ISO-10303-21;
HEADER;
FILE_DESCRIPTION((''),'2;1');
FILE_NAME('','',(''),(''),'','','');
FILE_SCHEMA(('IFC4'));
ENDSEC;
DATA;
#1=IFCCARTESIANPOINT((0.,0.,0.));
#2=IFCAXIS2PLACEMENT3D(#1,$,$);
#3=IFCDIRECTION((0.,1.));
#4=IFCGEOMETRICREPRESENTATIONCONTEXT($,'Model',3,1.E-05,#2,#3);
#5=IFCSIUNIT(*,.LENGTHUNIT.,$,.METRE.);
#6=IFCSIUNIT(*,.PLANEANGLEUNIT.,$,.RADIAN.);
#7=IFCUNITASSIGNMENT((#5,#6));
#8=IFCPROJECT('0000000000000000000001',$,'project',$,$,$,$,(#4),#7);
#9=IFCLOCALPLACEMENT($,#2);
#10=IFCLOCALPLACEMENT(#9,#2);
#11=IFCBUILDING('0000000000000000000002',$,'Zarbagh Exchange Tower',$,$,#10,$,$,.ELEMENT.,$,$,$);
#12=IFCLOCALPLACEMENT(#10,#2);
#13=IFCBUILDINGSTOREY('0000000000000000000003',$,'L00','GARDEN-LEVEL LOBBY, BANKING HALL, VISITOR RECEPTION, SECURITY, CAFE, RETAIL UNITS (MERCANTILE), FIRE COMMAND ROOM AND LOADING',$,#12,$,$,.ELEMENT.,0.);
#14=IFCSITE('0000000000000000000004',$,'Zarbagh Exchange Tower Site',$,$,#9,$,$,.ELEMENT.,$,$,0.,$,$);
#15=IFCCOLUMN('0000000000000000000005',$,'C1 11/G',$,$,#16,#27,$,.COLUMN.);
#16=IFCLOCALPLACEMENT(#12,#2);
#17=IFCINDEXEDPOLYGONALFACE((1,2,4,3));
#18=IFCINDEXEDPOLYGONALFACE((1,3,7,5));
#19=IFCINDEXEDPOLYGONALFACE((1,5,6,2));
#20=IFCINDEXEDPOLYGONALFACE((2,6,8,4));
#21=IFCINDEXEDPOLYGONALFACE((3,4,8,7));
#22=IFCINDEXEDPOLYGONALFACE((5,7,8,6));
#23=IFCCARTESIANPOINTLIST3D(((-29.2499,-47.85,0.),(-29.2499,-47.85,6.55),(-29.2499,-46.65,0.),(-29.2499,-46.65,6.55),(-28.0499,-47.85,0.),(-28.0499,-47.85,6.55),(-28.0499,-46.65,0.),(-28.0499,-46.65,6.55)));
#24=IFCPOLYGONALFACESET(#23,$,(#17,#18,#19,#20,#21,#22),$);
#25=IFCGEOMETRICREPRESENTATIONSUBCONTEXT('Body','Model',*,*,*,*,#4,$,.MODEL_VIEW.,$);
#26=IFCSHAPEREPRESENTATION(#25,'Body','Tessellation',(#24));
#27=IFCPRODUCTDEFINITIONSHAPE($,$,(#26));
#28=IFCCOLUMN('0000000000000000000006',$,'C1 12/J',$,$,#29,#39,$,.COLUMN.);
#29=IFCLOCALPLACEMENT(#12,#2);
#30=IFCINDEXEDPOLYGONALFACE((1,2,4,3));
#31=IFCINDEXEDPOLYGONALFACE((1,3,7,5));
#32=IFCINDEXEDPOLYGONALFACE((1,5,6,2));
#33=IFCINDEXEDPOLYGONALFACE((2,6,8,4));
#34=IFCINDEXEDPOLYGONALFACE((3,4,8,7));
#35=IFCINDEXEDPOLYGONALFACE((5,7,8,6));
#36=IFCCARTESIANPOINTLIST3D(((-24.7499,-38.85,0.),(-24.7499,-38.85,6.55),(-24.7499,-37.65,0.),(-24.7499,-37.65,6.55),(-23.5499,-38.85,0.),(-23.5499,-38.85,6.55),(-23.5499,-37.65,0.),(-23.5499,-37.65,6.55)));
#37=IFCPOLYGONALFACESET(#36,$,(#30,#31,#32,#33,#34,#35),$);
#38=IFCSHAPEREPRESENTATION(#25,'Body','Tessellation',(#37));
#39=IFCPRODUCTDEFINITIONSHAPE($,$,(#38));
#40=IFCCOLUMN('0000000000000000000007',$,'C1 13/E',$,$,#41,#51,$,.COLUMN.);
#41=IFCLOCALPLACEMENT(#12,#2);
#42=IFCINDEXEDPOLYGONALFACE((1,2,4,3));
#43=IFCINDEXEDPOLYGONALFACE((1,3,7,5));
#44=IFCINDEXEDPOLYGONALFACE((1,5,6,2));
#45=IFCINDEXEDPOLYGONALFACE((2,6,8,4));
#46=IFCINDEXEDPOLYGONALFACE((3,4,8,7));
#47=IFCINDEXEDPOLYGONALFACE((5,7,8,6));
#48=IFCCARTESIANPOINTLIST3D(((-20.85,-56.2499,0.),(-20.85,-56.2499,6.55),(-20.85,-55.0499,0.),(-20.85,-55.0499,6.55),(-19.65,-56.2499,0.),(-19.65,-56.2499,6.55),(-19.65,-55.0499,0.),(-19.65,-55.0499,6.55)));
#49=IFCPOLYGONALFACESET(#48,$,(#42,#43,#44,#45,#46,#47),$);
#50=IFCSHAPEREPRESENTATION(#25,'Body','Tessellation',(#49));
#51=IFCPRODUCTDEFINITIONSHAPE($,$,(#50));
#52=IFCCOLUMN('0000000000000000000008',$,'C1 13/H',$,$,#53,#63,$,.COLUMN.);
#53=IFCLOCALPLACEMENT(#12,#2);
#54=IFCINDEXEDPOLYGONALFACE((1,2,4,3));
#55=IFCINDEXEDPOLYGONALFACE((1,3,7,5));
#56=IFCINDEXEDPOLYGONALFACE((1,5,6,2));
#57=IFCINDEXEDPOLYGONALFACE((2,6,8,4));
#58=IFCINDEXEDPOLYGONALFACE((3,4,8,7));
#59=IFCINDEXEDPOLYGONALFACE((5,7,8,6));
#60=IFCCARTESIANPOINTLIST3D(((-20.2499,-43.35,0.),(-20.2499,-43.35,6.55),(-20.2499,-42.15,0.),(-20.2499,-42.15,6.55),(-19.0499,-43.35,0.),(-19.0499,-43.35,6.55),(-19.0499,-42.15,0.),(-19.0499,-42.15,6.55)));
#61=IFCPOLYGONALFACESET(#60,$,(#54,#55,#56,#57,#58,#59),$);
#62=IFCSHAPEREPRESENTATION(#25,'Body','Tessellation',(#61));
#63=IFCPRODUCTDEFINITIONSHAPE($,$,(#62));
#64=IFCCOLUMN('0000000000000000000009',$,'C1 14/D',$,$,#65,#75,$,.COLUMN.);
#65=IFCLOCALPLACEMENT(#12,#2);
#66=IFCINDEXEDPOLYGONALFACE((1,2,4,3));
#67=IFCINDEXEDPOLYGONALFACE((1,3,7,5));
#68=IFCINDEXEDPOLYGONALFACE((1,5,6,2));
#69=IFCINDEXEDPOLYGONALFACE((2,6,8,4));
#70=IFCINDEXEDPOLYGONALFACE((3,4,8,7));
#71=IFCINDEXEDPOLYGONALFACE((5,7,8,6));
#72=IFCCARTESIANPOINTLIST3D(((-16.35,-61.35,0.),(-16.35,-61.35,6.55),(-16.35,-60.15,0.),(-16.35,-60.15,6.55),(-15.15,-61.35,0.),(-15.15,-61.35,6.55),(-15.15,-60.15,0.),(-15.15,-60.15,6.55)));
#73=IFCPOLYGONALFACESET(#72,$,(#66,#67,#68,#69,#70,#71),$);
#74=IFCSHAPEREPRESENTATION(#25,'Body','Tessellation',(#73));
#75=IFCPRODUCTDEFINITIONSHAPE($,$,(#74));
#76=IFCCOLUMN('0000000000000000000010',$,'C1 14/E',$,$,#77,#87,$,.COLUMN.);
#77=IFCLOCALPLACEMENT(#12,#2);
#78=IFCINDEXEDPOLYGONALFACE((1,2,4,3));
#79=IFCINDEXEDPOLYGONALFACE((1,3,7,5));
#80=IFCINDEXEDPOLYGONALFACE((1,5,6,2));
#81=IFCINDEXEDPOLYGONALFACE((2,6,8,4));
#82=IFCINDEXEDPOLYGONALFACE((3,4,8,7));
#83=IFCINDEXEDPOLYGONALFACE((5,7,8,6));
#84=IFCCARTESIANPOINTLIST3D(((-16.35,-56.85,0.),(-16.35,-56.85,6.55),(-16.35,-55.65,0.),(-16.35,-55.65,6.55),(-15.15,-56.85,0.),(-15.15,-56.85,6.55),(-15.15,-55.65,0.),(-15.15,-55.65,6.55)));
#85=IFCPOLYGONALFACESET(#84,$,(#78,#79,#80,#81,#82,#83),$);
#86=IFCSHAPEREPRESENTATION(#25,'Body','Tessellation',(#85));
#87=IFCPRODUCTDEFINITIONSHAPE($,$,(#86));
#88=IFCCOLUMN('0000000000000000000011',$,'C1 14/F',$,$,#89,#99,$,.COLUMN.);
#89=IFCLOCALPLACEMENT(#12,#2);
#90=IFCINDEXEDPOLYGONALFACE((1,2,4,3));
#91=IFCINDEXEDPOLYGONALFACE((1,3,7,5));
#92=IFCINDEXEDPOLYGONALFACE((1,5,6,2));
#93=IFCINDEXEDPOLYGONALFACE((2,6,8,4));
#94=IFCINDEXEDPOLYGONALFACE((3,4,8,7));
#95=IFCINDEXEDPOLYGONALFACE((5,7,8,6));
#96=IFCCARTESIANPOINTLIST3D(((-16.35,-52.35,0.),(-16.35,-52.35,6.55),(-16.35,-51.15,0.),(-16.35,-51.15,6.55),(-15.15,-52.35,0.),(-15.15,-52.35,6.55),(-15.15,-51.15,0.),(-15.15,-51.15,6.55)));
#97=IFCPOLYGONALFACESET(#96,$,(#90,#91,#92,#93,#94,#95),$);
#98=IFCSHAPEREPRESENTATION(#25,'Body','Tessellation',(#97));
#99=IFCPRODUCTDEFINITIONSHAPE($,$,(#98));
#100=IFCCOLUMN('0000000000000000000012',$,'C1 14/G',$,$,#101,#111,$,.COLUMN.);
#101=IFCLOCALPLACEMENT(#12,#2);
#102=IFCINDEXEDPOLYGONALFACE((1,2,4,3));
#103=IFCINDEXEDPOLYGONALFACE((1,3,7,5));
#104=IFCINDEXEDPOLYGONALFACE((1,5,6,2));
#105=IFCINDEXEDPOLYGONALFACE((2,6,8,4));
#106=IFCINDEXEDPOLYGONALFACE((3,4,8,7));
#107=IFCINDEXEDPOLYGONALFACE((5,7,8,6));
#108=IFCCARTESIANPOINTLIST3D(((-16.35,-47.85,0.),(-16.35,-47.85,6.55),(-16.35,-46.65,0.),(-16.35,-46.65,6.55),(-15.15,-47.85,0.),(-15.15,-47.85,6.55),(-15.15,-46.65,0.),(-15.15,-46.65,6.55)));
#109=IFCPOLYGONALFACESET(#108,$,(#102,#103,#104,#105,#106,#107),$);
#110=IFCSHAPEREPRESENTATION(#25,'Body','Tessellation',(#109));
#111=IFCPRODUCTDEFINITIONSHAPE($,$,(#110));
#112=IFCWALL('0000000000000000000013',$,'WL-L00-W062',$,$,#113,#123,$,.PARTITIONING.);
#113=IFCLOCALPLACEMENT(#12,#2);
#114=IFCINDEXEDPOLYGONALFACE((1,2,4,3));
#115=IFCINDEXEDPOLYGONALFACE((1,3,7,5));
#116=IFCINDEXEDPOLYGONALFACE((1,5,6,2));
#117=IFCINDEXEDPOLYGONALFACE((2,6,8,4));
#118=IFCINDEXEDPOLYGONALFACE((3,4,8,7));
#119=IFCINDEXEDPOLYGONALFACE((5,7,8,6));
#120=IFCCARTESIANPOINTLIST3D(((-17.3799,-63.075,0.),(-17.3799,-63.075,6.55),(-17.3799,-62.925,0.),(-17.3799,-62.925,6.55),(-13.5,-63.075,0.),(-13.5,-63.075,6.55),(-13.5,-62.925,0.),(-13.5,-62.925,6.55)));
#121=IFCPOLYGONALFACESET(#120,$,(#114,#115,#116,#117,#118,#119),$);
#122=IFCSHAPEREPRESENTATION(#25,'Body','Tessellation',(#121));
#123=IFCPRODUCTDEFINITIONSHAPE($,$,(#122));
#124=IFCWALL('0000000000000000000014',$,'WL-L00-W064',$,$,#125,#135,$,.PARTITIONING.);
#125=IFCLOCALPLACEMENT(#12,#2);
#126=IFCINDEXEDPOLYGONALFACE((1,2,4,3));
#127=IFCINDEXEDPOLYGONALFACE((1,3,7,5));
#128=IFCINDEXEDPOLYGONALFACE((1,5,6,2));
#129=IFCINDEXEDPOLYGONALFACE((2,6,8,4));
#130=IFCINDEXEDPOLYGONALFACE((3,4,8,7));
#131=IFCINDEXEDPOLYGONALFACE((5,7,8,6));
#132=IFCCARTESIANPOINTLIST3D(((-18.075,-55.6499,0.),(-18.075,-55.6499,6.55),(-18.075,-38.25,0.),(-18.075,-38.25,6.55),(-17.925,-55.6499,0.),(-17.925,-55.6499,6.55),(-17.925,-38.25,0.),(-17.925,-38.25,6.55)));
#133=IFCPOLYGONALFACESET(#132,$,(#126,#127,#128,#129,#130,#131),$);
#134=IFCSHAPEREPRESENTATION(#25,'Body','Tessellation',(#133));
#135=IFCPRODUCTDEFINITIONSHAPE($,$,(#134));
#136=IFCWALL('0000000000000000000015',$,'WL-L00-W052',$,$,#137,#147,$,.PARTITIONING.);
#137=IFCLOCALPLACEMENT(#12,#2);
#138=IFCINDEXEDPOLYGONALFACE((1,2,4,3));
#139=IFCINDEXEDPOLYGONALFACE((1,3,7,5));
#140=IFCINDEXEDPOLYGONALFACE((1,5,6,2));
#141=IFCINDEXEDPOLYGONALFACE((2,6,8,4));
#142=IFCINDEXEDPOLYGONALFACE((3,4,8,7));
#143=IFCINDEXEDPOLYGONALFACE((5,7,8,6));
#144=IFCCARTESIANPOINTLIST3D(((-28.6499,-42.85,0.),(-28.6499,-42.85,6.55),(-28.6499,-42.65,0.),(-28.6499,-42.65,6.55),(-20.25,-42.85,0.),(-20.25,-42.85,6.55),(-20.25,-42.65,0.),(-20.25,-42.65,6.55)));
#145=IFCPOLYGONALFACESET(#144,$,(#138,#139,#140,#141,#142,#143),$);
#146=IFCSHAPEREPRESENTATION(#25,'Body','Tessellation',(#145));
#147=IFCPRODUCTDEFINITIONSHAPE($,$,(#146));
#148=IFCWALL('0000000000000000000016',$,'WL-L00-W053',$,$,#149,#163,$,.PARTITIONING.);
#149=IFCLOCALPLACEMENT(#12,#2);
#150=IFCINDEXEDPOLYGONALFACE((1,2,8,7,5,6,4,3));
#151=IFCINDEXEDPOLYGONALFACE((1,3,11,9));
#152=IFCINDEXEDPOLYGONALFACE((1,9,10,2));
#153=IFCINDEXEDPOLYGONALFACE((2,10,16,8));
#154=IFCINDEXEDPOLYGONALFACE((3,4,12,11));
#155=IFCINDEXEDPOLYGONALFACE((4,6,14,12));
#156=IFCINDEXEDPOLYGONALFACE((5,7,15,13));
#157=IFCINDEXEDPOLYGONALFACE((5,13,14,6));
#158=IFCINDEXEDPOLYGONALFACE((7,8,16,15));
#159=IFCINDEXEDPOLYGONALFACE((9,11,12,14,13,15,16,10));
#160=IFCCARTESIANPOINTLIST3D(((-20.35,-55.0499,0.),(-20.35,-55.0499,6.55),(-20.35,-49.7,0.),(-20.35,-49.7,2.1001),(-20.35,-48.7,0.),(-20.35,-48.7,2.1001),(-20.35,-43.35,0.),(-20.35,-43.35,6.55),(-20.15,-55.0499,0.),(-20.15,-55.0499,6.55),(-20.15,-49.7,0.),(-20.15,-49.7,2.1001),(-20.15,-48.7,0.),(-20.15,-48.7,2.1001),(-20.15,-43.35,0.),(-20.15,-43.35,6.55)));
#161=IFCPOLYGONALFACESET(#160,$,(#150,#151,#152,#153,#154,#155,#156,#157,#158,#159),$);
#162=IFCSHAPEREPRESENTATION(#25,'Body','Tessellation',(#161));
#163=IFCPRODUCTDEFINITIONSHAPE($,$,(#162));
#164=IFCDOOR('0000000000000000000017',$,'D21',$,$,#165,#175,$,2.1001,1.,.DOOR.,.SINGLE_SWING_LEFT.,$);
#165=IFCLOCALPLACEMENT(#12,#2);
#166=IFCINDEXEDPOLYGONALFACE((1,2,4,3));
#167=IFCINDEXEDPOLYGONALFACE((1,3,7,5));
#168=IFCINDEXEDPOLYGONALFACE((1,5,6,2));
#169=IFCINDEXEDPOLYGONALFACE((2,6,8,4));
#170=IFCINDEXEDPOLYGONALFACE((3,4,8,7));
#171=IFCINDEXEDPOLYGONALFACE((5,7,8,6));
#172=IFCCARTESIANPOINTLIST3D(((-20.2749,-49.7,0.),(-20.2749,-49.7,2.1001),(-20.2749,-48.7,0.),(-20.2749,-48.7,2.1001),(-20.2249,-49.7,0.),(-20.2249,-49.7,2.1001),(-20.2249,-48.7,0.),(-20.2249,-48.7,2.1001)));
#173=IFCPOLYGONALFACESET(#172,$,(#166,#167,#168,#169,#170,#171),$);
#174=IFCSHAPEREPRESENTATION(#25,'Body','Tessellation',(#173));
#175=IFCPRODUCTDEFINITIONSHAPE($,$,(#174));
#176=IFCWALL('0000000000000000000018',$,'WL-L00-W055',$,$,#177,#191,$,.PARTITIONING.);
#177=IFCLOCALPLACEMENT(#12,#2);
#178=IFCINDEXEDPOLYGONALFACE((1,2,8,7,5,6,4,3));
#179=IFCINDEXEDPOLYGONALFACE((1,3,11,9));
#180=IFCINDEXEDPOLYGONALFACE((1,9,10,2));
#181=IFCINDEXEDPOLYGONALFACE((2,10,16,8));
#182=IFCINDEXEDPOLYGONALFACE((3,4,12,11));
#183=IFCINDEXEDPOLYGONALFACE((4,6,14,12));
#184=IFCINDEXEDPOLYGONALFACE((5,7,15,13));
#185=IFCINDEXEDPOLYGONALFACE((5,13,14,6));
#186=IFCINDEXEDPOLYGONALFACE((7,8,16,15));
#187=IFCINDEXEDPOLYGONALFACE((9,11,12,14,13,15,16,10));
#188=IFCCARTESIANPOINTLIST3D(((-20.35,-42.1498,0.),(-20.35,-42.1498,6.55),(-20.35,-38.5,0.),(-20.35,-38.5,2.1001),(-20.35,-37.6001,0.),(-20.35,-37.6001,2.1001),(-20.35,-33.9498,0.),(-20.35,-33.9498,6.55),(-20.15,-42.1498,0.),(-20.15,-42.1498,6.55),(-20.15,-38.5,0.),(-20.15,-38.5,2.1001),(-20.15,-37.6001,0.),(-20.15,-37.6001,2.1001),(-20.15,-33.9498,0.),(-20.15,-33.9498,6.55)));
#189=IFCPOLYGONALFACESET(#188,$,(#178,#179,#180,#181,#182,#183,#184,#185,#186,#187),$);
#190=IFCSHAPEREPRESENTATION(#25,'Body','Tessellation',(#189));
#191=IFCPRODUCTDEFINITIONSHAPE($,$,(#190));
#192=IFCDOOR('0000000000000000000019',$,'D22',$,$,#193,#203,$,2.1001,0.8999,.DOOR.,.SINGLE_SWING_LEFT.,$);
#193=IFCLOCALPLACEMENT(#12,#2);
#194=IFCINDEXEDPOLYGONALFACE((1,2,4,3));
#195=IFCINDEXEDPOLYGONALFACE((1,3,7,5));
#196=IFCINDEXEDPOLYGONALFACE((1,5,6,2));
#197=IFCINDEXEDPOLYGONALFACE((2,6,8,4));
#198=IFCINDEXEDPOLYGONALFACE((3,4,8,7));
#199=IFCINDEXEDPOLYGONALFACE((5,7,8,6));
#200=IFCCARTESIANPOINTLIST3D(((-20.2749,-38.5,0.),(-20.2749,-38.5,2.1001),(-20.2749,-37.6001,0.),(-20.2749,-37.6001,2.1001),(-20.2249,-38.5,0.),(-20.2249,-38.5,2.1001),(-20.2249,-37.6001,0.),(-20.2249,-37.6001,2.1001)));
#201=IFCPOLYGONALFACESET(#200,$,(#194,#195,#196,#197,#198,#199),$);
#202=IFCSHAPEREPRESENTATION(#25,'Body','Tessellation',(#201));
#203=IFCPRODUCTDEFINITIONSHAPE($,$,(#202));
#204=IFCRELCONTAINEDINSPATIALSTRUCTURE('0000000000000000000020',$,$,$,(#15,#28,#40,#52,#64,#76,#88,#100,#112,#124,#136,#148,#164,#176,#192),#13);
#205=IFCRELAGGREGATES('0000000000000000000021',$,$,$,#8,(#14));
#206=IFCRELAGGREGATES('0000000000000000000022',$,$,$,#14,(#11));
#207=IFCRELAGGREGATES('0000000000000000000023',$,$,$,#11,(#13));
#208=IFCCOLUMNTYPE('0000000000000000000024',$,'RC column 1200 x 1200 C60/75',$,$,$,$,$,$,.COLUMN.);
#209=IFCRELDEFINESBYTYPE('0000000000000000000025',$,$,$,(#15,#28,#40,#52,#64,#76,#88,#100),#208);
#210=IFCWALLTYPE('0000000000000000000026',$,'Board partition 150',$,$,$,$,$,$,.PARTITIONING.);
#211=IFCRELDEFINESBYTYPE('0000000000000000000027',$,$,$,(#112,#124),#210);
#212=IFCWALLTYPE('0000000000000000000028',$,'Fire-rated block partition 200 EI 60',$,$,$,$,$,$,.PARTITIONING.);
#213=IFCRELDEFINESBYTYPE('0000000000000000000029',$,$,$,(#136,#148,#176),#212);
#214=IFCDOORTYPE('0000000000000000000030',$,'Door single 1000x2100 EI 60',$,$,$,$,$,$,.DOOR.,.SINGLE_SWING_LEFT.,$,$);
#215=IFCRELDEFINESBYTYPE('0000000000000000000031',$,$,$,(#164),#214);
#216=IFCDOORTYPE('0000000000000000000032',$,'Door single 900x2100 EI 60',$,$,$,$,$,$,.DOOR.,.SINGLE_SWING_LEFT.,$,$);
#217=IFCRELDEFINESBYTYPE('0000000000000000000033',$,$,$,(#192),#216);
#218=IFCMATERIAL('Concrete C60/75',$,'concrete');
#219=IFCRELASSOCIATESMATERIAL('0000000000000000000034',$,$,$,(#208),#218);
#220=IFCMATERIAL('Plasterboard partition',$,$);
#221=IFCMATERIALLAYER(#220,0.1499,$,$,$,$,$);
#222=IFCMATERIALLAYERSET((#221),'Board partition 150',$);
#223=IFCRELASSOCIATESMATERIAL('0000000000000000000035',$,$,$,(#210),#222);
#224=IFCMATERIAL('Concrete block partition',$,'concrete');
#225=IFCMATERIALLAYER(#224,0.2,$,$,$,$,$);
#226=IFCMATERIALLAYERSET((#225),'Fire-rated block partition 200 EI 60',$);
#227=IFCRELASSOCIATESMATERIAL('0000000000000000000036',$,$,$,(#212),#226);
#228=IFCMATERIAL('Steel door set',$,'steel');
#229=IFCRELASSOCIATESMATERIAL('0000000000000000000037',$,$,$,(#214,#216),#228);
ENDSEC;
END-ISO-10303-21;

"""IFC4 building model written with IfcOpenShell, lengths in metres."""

from ifc_helpers import new_model, si_unit, direction, frame, frame_2d, origin, origin_2d, place, context, subcontext, project, spatial, rectangle, extrude, material, layer, layer_set, material_profile, profile_set, type_object, element, fill, save


model = new_model("IFC4")

# Units and contexts
model_context = context("Model", 3, precision=1e-05, world=origin(), true_north=direction((0.0, 1.0)))
body_context = subcontext(model_context, "Body", "Model", "MODEL_VIEW")
ifc_project = project(units=[si_unit("LENGTHUNIT", "METRE"), si_unit("PLANEANGLEUNIT", "RADIAN")], contexts=[model_context])

# Site, building, storey
site_placement = place(None, origin())
site = spatial("IfcSite", under=ifc_project, at=site_placement, Name="Zarbagh Exchange Tower Site", CompositionType="ELEMENT", RefElevation=0.0)
building_placement = place(site_placement, origin())
building = spatial("IfcBuilding", under=site, at=building_placement, Name="Zarbagh Exchange Tower", CompositionType="ELEMENT")
storey_placement = place(building_placement, origin())
storey = spatial("IfcBuildingStorey", under=building, at=storey_placement, Name="L00", Description="GARDEN-LEVEL LOBBY, BANKING HALL, VISITOR RECEPTION, SECURITY, CAFE, RETAIL UNITS (MERCANTILE), FIRE COMMAND ROOM AND LOADING", CompositionType="ELEMENT", Elevation=0.0)

# Columns
ifc_material_1 = material(Name="Concrete C60/75", Category="concrete")
ifc_material_profile = material_profile(ifc_material_1, rectangle(XDim=1.2, YDim=1.2, at=origin_2d()), Name="RC column 1200 x 1200 C60/75")
ifc_profile_set = profile_set([ifc_material_profile], Name="Concrete C60/75")
column_type = type_object("IfcColumnType", Name="RC column 1200 x 1200 C60/75", PredefinedType="COLUMN", material=ifc_profile_set)
for number, where, z_axis, x_axis, name in (
    (1, (-28.6499, -47.25, 0.0), (0.0, 0.0, 1.0), (1.0, 0.0, 0.0), "C1 11/G"),
    (2, (-24.1499, -38.25, 0.0), (0.0, 0.0, 1.0), (1.0, 0.0, 0.0), "C1 12/J"),
    (3, (-20.25, -55.6499, 0.0), (0.0, 0.0, 1.0), (1.0, 0.0, 0.0), "C1 13/E"),
    (4, (-19.6499, -42.75, 0.0), (0.0, 0.0, 1.0), (1.0, 0.0, 0.0), "C1 13/H"),
    (5, (-15.75, -60.75, 0.0), (0.0, 0.0, 1.0), (1.0, 0.0, 0.0), "C1 14/D"),
    (6, (-15.75, -56.25, 0.0), (0.0, 0.0, 1.0), (1.0, 0.0, 0.0), "C1 14/E"),
    (7, (-15.75, -51.75, 0.0), (0.0, 0.0, 1.0), (1.0, 0.0, 0.0), "C1 14/F"),
    (8, (-15.75, -47.25, 0.0), (0.0, 0.0, 1.0), (1.0, 0.0, 0.0), "C1 14/G"),
):
    element("IfcColumn", number, at=place(storey_placement, frame(where, z_axis=z_axis, x_axis=x_axis)), inside=storey, type_object=column_type, Name=name, PredefinedType="COLUMN", context=body_context, shape_type="SweptSolid", body=[
        extrude(rectangle(XDim=1.2, YDim=1.2, at=origin_2d()), origin(), (0.0, 0.0, 1.0), 6.55),
    ])

# Walls
ifc_material_2 = material(Name="Plasterboard partition")
ifc_layer_1 = layer(ifc_material_2, 0.1499)
ifc_layer_set_1 = layer_set([ifc_layer_1], Name="Board partition 150")
wall_type_1 = type_object("IfcWallType", Name="Board partition 150", PredefinedType="PARTITIONING", material=ifc_layer_set_1)
wall_1_placement = place(storey_placement, frame((-17.3799, -63.0, 0.0), z_axis=(0.0, 0.0, 1.0), x_axis=(1.0, 0.0, 0.0)))
element("IfcWall", 9, at=wall_1_placement, inside=storey, type_object=wall_type_1, Name="WL-L00-W062", PredefinedType="PARTITIONING", context=body_context, shape_type="SweptSolid", body=[
    extrude(rectangle(XDim=3.8799, YDim=0.1499, at=frame_2d((1.9399, 0.0))), origin(), (0.0, 0.0, 1.0), 6.55),
])
wall_2_placement = place(storey_placement, frame((-18.0, -55.6499, 0.0), z_axis=(0.0, 0.0, 1.0), x_axis=(0.0, 1.0, 0.0)))
element("IfcWall", 10, at=wall_2_placement, inside=storey, type_object=wall_type_1, Name="WL-L00-W064", PredefinedType="PARTITIONING", context=body_context, shape_type="SweptSolid", body=[
    extrude(rectangle(XDim=17.3999, YDim=0.1499, at=frame_2d((8.7, 0.0))), origin(), (0.0, 0.0, 1.0), 6.55),
])
ifc_material_3 = material(Name="Concrete block partition", Category="concrete")
ifc_layer_2 = layer(ifc_material_3, 0.2)
ifc_layer_set_2 = layer_set([ifc_layer_2], Name="Fire-rated block partition 200 EI 60")
wall_type_2 = type_object("IfcWallType", Name="Fire-rated block partition 200 EI 60", PredefinedType="PARTITIONING", material=ifc_layer_set_2)
wall_3_placement = place(storey_placement, frame((-28.6499, -42.75, 0.0), z_axis=(0.0, 0.0, 1.0), x_axis=(1.0, 0.0, 0.0)))
element("IfcWall", 11, at=wall_3_placement, inside=storey, type_object=wall_type_2, Name="WL-L00-W052", PredefinedType="PARTITIONING", context=body_context, shape_type="SweptSolid", body=[
    extrude(rectangle(XDim=8.3999, YDim=0.2, at=frame_2d((4.2, 0.0))), origin(), (0.0, 0.0, 1.0), 6.55),
])

# Walls, openings, doors
wall_4_placement = place(storey_placement, frame((-20.25, -55.05, 0.0), z_axis=(0.0, 0.0, 1.0), x_axis=(0.0, 1.0, 0.0)))
wall_4 = element("IfcWall", 12, at=wall_4_placement, inside=storey, type_object=wall_type_2, Name="WL-L00-W053", PredefinedType="PARTITIONING", context=body_context, shape_type="SweptSolid", body=[
    extrude(rectangle(XDim=11.7, YDim=0.2, at=frame_2d((5.8501, 0.0))), origin(), (0.0, 0.0, 1.0), 6.55),
])
opening_1_placement = place(wall_4_placement, frame((5.3501, 0.0, 0.0)))
opening_1 = element("IfcOpeningElement", 13, at=opening_1_placement, cuts=wall_4, PredefinedType="OPENING", context=body_context, shape_type="SweptSolid", body=[
    extrude(rectangle(XDim=1.0, YDim=2.1001, at=frame_2d((0.5, 1.05))), frame((0.0, 0.1099, 0.0), z_axis=(0.0, -1.0, 0.0), x_axis=(1.0, 0.0, 0.0)), (0.0, 0.0, 1.0), 0.22),
])
ifc_material_4 = material(Name="Steel door set", Category="steel")
door_type_1 = type_object("IfcDoorType", Name="Door single 1000x2100 EI 60", OperationType="SINGLE_SWING_LEFT", PredefinedType="DOOR", material=ifc_material_4)
door_1_placement = place(opening_1_placement, origin())
door_1 = element("IfcDoor", 14, at=door_1_placement, inside=storey, type_object=door_type_1, Name="D21", OperationType="SINGLE_SWING_LEFT", OverallHeight=2.1001, OverallWidth=1.0, PredefinedType="DOOR", context=body_context, shape_type="SweptSolid", body=[
    extrude(rectangle(XDim=1.0, YDim=2.1001, at=frame_2d((0.5, 1.05))), frame((0.0, 0.0249, 0.0), z_axis=(0.0, -1.0, 0.0), x_axis=(1.0, 0.0, 0.0)), (0.0, 0.0, 1.0), 0.05),
])
fill(opening_1, door_1)
wall_5_placement = place(storey_placement, frame((-20.25, -42.1499, 0.0), z_axis=(0.0, 0.0, 1.0), x_axis=(0.0, 1.0, 0.0)))
wall_5 = element("IfcWall", 15, at=wall_5_placement, inside=storey, type_object=wall_type_2, Name="WL-L00-W055", PredefinedType="PARTITIONING", context=body_context, shape_type="SweptSolid", body=[
    extrude(rectangle(XDim=8.2, YDim=0.2, at=frame_2d((4.1001, 0.0))), origin(), (0.0, 0.0, 1.0), 6.55),
])
opening_2_placement = place(wall_5_placement, frame((3.6499, 0.0, 0.0)))
opening_2 = element("IfcOpeningElement", 16, at=opening_2_placement, cuts=wall_5, PredefinedType="OPENING", context=body_context, shape_type="SweptSolid", body=[
    extrude(rectangle(XDim=0.8999, YDim=2.1001, at=frame_2d((0.45, 1.05))), frame((0.0, 0.1099, 0.0), z_axis=(0.0, -1.0, 0.0), x_axis=(1.0, 0.0, 0.0)), (0.0, 0.0, 1.0), 0.22),
])
door_type_2 = type_object("IfcDoorType", Name="Door single 900x2100 EI 60", OperationType="SINGLE_SWING_LEFT", PredefinedType="DOOR", material=ifc_material_4)
door_2_placement = place(opening_2_placement, origin())
door_2 = element("IfcDoor", 17, at=door_2_placement, inside=storey, type_object=door_type_2, Name="D22", OperationType="SINGLE_SWING_LEFT", OverallHeight=2.1001, OverallWidth=0.8999, PredefinedType="DOOR", context=body_context, shape_type="SweptSolid", body=[
    extrude(rectangle(XDim=0.8999, YDim=2.1001, at=frame_2d((0.45, 1.05))), frame((0.0, 0.0249, 0.0), z_axis=(0.0, -1.0, 0.0), x_axis=(1.0, 0.0, 0.0)), (0.0, 0.0, 1.0), 0.05),
])
fill(opening_2, door_2)

save(model, "model.ifc")
